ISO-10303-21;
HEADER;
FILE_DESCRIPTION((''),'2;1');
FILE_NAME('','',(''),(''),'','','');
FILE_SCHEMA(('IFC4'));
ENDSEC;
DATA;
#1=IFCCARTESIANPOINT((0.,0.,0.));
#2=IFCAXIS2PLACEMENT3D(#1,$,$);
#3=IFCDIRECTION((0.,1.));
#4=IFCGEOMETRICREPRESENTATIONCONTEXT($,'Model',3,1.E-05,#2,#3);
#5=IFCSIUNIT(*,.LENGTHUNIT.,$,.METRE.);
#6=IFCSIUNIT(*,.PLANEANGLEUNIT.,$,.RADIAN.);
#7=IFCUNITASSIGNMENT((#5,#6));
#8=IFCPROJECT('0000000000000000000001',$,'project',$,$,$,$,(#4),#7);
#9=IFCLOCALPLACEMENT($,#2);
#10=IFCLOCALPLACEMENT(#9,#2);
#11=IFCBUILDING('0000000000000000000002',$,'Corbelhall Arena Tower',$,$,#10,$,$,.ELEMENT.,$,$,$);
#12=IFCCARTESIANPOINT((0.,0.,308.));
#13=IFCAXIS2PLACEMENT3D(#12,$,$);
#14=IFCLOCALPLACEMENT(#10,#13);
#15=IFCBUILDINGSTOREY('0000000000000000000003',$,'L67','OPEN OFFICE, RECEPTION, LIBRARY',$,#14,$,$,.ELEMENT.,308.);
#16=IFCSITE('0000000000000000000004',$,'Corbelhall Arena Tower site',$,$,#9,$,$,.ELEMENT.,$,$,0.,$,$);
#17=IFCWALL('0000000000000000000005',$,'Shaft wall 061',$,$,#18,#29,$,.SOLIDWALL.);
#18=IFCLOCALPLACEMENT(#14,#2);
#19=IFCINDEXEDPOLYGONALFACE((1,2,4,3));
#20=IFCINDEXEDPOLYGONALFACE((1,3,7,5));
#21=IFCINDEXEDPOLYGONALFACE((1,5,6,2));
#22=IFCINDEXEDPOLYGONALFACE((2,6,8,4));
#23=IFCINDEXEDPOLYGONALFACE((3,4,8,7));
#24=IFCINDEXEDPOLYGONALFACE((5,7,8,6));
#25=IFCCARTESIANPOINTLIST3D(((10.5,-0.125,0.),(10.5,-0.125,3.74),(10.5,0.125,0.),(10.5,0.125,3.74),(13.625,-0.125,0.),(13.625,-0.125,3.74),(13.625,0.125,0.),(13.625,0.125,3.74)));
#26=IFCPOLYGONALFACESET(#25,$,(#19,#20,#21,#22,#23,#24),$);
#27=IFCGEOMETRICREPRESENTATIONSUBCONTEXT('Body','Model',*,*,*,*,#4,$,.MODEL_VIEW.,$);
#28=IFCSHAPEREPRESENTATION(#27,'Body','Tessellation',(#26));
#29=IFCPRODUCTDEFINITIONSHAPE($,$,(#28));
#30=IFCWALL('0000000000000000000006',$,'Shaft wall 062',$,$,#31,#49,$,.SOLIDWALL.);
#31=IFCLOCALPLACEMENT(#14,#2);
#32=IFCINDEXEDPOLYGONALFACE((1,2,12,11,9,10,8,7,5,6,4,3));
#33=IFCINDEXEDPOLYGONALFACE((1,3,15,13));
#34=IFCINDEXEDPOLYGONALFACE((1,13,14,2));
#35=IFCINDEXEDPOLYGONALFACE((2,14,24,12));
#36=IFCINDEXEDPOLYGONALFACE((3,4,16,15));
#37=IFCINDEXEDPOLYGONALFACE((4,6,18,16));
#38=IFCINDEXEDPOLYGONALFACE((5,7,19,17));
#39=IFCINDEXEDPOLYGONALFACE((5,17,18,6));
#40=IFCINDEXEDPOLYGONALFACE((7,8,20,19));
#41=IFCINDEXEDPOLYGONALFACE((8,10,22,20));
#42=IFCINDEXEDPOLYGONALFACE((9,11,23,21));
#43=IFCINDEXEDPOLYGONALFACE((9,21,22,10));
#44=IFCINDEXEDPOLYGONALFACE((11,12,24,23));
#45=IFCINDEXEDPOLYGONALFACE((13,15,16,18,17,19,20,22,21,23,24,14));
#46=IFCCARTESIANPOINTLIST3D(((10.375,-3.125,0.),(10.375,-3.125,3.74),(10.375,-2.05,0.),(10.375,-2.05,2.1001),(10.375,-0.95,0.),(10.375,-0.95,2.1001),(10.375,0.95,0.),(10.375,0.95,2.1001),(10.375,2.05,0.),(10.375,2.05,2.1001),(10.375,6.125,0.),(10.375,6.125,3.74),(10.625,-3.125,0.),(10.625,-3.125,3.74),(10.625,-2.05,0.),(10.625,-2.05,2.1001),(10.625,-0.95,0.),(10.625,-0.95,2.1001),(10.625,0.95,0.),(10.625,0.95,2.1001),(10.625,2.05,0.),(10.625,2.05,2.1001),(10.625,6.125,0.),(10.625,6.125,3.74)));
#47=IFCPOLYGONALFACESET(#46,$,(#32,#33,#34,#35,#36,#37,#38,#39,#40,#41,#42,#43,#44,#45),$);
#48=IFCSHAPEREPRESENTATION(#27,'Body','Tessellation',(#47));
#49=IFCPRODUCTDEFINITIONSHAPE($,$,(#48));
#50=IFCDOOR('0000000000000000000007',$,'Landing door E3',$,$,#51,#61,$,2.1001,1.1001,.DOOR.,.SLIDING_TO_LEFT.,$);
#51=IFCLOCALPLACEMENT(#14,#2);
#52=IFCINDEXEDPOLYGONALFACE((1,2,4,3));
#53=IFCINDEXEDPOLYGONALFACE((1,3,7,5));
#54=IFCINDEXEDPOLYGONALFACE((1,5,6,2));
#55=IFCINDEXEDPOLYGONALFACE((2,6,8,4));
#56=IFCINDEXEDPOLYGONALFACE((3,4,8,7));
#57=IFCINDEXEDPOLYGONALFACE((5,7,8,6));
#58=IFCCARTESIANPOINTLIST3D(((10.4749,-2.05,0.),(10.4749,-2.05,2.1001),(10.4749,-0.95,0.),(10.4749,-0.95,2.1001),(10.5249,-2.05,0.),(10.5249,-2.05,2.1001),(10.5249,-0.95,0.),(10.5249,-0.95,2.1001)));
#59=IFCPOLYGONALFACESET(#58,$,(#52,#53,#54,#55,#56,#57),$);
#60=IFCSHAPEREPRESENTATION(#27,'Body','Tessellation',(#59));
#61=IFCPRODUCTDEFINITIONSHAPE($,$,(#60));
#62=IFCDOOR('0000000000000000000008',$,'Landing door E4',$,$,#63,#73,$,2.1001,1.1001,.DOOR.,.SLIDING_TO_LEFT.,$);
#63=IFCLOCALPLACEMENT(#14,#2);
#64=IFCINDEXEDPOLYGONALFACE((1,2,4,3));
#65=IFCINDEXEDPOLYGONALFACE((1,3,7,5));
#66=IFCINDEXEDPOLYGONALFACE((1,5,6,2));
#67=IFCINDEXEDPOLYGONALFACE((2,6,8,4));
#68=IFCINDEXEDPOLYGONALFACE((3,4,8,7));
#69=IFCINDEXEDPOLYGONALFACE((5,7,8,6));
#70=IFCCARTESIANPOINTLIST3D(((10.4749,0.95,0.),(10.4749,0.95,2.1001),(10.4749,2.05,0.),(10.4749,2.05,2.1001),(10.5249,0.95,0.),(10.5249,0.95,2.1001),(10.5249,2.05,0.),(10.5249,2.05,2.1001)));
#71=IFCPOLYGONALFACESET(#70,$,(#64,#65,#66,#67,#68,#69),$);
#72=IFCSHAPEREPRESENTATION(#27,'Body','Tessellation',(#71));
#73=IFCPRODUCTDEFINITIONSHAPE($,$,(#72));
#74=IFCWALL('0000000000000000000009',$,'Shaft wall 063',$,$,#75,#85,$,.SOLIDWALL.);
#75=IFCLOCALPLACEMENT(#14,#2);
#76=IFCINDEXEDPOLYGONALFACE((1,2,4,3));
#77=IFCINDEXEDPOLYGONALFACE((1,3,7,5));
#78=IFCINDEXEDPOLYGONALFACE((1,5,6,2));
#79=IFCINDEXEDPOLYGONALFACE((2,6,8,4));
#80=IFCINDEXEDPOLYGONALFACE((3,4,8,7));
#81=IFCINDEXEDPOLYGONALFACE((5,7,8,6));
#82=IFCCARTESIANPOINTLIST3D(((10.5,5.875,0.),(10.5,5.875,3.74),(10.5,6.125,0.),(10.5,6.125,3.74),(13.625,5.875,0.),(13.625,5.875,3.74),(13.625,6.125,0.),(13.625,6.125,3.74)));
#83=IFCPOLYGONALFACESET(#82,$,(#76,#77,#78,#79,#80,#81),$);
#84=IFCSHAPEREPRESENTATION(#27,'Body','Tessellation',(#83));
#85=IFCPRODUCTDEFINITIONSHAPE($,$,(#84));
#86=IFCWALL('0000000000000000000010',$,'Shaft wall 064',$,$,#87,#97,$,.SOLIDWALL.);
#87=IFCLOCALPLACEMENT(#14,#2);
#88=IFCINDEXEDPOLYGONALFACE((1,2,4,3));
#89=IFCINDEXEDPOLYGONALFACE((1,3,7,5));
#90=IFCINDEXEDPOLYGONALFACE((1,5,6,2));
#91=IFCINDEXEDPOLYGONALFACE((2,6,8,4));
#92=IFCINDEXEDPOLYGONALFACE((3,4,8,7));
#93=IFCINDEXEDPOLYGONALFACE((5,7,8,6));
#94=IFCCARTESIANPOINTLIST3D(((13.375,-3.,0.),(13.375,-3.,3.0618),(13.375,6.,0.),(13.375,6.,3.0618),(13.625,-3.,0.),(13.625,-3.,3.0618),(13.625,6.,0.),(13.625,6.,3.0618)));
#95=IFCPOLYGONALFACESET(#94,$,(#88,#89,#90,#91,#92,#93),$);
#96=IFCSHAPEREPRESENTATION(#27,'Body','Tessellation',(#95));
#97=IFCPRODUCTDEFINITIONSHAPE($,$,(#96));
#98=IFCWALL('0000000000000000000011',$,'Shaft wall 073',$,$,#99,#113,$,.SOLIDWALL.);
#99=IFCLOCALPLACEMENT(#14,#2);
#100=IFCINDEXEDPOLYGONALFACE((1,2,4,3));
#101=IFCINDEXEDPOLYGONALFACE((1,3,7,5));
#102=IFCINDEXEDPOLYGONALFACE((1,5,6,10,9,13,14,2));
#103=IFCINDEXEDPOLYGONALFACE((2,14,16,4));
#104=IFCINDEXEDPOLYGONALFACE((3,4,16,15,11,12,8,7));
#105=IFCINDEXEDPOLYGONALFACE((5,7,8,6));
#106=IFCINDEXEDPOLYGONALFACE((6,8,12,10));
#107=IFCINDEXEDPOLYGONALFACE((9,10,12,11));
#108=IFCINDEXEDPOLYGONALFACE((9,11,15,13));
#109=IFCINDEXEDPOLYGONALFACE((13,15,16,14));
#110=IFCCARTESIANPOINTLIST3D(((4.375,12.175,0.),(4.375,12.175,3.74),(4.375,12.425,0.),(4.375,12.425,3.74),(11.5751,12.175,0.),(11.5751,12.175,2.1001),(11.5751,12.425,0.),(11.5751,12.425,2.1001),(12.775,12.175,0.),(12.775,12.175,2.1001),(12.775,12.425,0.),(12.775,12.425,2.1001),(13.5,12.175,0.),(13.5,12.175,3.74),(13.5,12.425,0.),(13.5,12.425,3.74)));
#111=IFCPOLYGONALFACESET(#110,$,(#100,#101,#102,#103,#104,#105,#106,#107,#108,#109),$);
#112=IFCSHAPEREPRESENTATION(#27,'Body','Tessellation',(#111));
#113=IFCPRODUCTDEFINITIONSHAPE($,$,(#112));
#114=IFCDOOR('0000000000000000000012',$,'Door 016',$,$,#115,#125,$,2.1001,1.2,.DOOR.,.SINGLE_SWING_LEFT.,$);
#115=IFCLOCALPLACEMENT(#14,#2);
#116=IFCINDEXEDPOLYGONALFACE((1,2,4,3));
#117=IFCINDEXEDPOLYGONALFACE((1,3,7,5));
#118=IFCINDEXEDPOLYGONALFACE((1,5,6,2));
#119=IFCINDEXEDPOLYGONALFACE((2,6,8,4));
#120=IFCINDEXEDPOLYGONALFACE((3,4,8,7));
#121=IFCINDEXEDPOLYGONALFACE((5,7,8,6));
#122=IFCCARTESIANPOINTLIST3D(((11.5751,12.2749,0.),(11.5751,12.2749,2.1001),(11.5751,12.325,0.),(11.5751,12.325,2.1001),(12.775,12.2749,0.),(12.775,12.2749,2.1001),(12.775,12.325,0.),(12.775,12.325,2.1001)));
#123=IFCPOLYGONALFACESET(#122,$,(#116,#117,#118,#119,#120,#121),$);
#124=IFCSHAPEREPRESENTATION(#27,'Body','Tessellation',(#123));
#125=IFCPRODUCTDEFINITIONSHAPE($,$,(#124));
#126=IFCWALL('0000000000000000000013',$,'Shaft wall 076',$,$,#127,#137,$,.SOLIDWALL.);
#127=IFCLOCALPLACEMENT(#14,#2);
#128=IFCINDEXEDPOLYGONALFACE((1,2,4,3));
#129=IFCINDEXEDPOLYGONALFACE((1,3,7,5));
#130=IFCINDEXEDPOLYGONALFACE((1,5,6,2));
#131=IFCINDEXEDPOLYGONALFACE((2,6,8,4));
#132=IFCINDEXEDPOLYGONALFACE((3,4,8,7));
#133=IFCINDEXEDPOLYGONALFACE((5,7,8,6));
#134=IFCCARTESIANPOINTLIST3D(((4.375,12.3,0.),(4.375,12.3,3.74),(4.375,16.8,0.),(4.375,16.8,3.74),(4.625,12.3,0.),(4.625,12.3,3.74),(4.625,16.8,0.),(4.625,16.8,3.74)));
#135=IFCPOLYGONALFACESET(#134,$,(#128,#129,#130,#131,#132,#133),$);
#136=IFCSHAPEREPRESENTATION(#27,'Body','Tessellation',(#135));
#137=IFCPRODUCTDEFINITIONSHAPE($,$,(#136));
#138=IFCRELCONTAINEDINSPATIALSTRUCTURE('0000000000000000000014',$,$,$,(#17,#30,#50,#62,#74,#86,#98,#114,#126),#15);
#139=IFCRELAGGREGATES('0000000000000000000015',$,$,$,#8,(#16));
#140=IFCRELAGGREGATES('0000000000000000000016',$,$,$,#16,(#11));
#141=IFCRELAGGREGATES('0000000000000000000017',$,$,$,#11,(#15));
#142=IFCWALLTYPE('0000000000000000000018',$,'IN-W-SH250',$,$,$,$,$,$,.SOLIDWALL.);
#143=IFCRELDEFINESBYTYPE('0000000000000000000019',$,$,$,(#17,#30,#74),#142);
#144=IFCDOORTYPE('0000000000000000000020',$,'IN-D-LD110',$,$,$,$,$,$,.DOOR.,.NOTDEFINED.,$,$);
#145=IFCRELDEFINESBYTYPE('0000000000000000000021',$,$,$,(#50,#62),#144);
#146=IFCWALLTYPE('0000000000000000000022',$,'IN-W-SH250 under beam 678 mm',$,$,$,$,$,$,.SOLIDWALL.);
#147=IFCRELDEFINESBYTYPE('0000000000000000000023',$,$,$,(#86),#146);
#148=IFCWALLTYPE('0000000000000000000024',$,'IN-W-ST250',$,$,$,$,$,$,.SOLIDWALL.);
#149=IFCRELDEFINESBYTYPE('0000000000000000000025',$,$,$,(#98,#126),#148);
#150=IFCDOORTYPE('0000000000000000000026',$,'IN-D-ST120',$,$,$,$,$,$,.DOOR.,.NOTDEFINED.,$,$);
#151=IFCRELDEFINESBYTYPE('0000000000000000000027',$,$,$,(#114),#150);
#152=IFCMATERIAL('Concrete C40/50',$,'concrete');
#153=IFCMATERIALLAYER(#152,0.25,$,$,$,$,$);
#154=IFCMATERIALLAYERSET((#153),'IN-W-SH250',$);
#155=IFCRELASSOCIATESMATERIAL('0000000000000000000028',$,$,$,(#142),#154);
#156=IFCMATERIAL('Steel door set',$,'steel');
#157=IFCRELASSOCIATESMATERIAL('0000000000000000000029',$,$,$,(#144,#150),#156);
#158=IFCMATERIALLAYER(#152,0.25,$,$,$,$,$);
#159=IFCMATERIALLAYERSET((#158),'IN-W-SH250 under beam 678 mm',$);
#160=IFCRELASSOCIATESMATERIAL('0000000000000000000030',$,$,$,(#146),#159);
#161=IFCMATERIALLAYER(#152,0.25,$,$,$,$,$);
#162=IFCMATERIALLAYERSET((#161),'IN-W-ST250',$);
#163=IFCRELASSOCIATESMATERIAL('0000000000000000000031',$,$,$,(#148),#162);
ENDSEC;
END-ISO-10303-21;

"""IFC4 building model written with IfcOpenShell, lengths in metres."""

from ifc_helpers import new_model, si_unit, direction, frame, frame_2d, origin, place, context, subcontext, project, spatial, rectangle, extrude, material, layer, layer_set, type_object, element, fill, save


model = new_model("IFC4")

# Units and contexts
model_context = context("Model", 3, precision=1e-05, world=origin(), true_north=direction((0.0, 1.0)))
body_context = subcontext(model_context, "Body", "Model", "MODEL_VIEW")
ifc_project = project(units=[si_unit("LENGTHUNIT", "METRE"), si_unit("PLANEANGLEUNIT", "RADIAN")], contexts=[model_context])

# Site, building, storey
site_placement = place(None, origin())
site = spatial("IfcSite", under=ifc_project, at=site_placement, Name="Corbelhall Arena Tower site", CompositionType="ELEMENT", RefElevation=0.0)
building_placement = place(site_placement, origin())
building = spatial("IfcBuilding", under=site, at=building_placement, Name="Corbelhall Arena Tower", CompositionType="ELEMENT")
storey_placement = place(building_placement, frame((0.0, 0.0, 308.0)))
storey = spatial("IfcBuildingStorey", under=building, at=storey_placement, Name="L67", Description="OPEN OFFICE, RECEPTION, LIBRARY", CompositionType="ELEMENT", Elevation=308.0)

# Shared definitions
ifc_material_1 = material(Name="Steel door set", Category="steel")

# Shared definitions
ifc_material_2 = material(Name="Concrete C40/50", Category="concrete")
ifc_layer_1 = layer(ifc_material_2, 0.25)
ifc_layer_set_1 = layer_set([ifc_layer_1], Name="IN-W-SH250")
wall_type_1 = type_object("IfcWallType", Name="IN-W-SH250", PredefinedType="SOLIDWALL", material=ifc_layer_set_1)

# Wall
wall_1_placement = place(storey_placement, frame((10.5, 0.0, 0.0), z_axis=(0.0, 0.0, 1.0), x_axis=(1.0, 0.0, 0.0)))
element("IfcWall", 1, at=wall_1_placement, inside=storey, type_object=wall_type_1, Name="Shaft wall 061", PredefinedType="SOLIDWALL", context=body_context, shape_type="SweptSolid", body=[
    extrude(rectangle(XDim=3.125, YDim=0.25, at=frame_2d((1.5625, 0.0))), origin(), (0.0, 0.0, 1.0), 3.74),
])

# Wall, openings, doors
wall_2_placement = place(storey_placement, frame((10.5, 6.125, 0.0), z_axis=(0.0, 0.0, 1.0), x_axis=(0.0, -1.0, 0.0)))
wall_2 = element("IfcWall", 2, at=wall_2_placement, inside=storey, type_object=wall_type_1, Name="Shaft wall 062", PredefinedType="SOLIDWALL", context=body_context, shape_type="SweptSolid", body=[
    extrude(rectangle(XDim=9.25, YDim=0.25, at=frame_2d((4.625, 0.0))), origin(), (0.0, 0.0, 1.0), 3.74),
])
opening_1_placement = place(wall_2_placement, frame((7.075, 0.0, 0.0)))
opening_1 = element("IfcOpeningElement", 3, at=opening_1_placement, cuts=wall_2, PredefinedType="OPENING", context=body_context, shape_type="SweptSolid", body=[
    extrude(rectangle(XDim=1.1001, YDim=2.1001, at=frame_2d((0.55, 1.05))), frame((0.0, 0.125, 0.0), z_axis=(0.0, -1.0, 0.0), x_axis=(1.0, 0.0, 0.0)), (0.0, 0.0, 1.0), 0.25),
])
opening_2_placement = place(wall_2_placement, frame((4.075, 0.0, 0.0)))
opening_2 = element("IfcOpeningElement", 4, at=opening_2_placement, cuts=wall_2, PredefinedType="OPENING", context=body_context, shape_type="SweptSolid", body=[
    extrude(rectangle(XDim=1.1001, YDim=2.1001, at=frame_2d((0.55, 1.05))), frame((0.0, 0.125, 0.0), z_axis=(0.0, -1.0, 0.0), x_axis=(1.0, 0.0, 0.0)), (0.0, 0.0, 1.0), 0.25),
])
door_type_1 = type_object("IfcDoorType", Name="IN-D-LD110", OperationType="NOTDEFINED", PredefinedType="DOOR", material=ifc_material_1)
door_1_placement = place(opening_1_placement, origin())
door_1 = element("IfcDoor", 5, at=door_1_placement, inside=storey, type_object=door_type_1, Name="Landing door E3", OperationType="SLIDING_TO_LEFT", OverallHeight=2.1001, OverallWidth=1.1001, PredefinedType="DOOR", context=body_context, shape_type="SweptSolid", body=[
    extrude(rectangle(XDim=1.1001, YDim=2.1001, at=frame_2d((0.55, 1.05))), frame((0.0, 0.0249, 0.0), z_axis=(0.0, -1.0, 0.0), x_axis=(1.0, 0.0, 0.0)), (0.0, 0.0, 1.0), 0.05),
])
fill(opening_1, door_1)
door_2_placement = place(opening_2_placement, origin())
door_2 = element("IfcDoor", 6, at=door_2_placement, inside=storey, type_object=door_type_1, Name="Landing door E4", OperationType="SLIDING_TO_LEFT", OverallHeight=2.1001, OverallWidth=1.1001, PredefinedType="DOOR", context=body_context, shape_type="SweptSolid", body=[
    extrude(rectangle(XDim=1.1001, YDim=2.1001, at=frame_2d((0.55, 1.05))), frame((0.0, 0.0249, 0.0), z_axis=(0.0, -1.0, 0.0), x_axis=(1.0, 0.0, 0.0)), (0.0, 0.0, 1.0), 0.05),
])
fill(opening_2, door_2)

# Walls
wall_3_placement = place(storey_placement, frame((10.5, 6.0, 0.0), z_axis=(0.0, 0.0, 1.0), x_axis=(1.0, 0.0, 0.0)))
element("IfcWall", 7, at=wall_3_placement, inside=storey, type_object=wall_type_1, Name="Shaft wall 063", PredefinedType="SOLIDWALL", context=body_context, shape_type="SweptSolid", body=[
    extrude(rectangle(XDim=3.125, YDim=0.25, at=frame_2d((1.5625, 0.0))), origin(), (0.0, 0.0, 1.0), 3.74),
])
ifc_layer_2 = layer(ifc_material_2, 0.25)
ifc_layer_set_2 = layer_set([ifc_layer_2], Name="IN-W-SH250 under beam 678 mm")
wall_type_2 = type_object("IfcWallType", Name="IN-W-SH250 under beam 678 mm", PredefinedType="SOLIDWALL", material=ifc_layer_set_2)
wall_4_placement = place(storey_placement, frame((13.5, 6.0, 0.0), z_axis=(0.0, 0.0, 1.0), x_axis=(0.0, -1.0, 0.0)))
element("IfcWall", 8, at=wall_4_placement, inside=storey, type_object=wall_type_2, Name="Shaft wall 064", PredefinedType="SOLIDWALL", context=body_context, shape_type="SweptSolid", body=[
    extrude(rectangle(XDim=9.0, YDim=0.25, at=frame_2d((4.5, 0.0))), origin(), (0.0, 0.0, 1.0), 3.0618),
])

# Wall, opening, door
ifc_layer_3 = layer(ifc_material_2, 0.25)
ifc_layer_set_3 = layer_set([ifc_layer_3], Name="IN-W-ST250")
wall_type_3 = type_object("IfcWallType", Name="IN-W-ST250", PredefinedType="SOLIDWALL", material=ifc_layer_set_3)
wall_5_placement = place(storey_placement, frame((4.375, 12.3, 0.0), z_axis=(0.0, 0.0, 1.0), x_axis=(1.0, 0.0, 0.0)))
wall_5 = element("IfcWall", 9, at=wall_5_placement, inside=storey, type_object=wall_type_3, Name="Shaft wall 073", PredefinedType="SOLIDWALL", context=body_context, shape_type="SweptSolid", body=[
    extrude(rectangle(XDim=9.125, YDim=0.25, at=frame_2d((4.5625, 0.0))), origin(), (0.0, 0.0, 1.0), 3.74),
])
opening_3_placement = place(wall_5_placement, frame((7.2, 0.0, 0.0)))
opening_3 = element("IfcOpeningElement", 10, at=opening_3_placement, cuts=wall_5, PredefinedType="OPENING", context=body_context, shape_type="SweptSolid", body=[
    extrude(rectangle(XDim=1.2, YDim=2.1001, at=frame_2d((0.6001, 1.05))), frame((0.0, 0.125, 0.0), z_axis=(0.0, -1.0, 0.0), x_axis=(1.0, 0.0, 0.0)), (0.0, 0.0, 1.0), 0.25),
])
door_type_2 = type_object("IfcDoorType", Name="IN-D-ST120", OperationType="NOTDEFINED", PredefinedType="DOOR", material=ifc_material_1)
door_3_placement = place(opening_3_placement, origin())
door_3 = element("IfcDoor", 11, at=door_3_placement, inside=storey, type_object=door_type_2, Name="Door 016", OperationType="SINGLE_SWING_LEFT", OverallHeight=2.1001, OverallWidth=1.2, PredefinedType="DOOR", context=body_context, shape_type="SweptSolid", body=[
    extrude(rectangle(XDim=1.2, YDim=2.1001, at=frame_2d((0.6001, 1.05))), frame((0.0, 0.0249, 0.0), z_axis=(0.0, -1.0, 0.0), x_axis=(1.0, 0.0, 0.0)), (0.0, 0.0, 1.0), 0.05),
])
fill(opening_3, door_3)

# Wall
wall_6_placement = place(storey_placement, frame((4.5, 12.3, 0.0), z_axis=(0.0, 0.0, 1.0), x_axis=(0.0, 1.0, 0.0)))
element("IfcWall", 12, at=wall_6_placement, inside=storey, type_object=wall_type_3, Name="Shaft wall 076", PredefinedType="SOLIDWALL", context=body_context, shape_type="SweptSolid", body=[
    extrude(rectangle(XDim=4.5, YDim=0.25, at=frame_2d((2.25, 0.0))), origin(), (0.0, 0.0, 1.0), 3.74),
])

save(model, "model.ifc")
